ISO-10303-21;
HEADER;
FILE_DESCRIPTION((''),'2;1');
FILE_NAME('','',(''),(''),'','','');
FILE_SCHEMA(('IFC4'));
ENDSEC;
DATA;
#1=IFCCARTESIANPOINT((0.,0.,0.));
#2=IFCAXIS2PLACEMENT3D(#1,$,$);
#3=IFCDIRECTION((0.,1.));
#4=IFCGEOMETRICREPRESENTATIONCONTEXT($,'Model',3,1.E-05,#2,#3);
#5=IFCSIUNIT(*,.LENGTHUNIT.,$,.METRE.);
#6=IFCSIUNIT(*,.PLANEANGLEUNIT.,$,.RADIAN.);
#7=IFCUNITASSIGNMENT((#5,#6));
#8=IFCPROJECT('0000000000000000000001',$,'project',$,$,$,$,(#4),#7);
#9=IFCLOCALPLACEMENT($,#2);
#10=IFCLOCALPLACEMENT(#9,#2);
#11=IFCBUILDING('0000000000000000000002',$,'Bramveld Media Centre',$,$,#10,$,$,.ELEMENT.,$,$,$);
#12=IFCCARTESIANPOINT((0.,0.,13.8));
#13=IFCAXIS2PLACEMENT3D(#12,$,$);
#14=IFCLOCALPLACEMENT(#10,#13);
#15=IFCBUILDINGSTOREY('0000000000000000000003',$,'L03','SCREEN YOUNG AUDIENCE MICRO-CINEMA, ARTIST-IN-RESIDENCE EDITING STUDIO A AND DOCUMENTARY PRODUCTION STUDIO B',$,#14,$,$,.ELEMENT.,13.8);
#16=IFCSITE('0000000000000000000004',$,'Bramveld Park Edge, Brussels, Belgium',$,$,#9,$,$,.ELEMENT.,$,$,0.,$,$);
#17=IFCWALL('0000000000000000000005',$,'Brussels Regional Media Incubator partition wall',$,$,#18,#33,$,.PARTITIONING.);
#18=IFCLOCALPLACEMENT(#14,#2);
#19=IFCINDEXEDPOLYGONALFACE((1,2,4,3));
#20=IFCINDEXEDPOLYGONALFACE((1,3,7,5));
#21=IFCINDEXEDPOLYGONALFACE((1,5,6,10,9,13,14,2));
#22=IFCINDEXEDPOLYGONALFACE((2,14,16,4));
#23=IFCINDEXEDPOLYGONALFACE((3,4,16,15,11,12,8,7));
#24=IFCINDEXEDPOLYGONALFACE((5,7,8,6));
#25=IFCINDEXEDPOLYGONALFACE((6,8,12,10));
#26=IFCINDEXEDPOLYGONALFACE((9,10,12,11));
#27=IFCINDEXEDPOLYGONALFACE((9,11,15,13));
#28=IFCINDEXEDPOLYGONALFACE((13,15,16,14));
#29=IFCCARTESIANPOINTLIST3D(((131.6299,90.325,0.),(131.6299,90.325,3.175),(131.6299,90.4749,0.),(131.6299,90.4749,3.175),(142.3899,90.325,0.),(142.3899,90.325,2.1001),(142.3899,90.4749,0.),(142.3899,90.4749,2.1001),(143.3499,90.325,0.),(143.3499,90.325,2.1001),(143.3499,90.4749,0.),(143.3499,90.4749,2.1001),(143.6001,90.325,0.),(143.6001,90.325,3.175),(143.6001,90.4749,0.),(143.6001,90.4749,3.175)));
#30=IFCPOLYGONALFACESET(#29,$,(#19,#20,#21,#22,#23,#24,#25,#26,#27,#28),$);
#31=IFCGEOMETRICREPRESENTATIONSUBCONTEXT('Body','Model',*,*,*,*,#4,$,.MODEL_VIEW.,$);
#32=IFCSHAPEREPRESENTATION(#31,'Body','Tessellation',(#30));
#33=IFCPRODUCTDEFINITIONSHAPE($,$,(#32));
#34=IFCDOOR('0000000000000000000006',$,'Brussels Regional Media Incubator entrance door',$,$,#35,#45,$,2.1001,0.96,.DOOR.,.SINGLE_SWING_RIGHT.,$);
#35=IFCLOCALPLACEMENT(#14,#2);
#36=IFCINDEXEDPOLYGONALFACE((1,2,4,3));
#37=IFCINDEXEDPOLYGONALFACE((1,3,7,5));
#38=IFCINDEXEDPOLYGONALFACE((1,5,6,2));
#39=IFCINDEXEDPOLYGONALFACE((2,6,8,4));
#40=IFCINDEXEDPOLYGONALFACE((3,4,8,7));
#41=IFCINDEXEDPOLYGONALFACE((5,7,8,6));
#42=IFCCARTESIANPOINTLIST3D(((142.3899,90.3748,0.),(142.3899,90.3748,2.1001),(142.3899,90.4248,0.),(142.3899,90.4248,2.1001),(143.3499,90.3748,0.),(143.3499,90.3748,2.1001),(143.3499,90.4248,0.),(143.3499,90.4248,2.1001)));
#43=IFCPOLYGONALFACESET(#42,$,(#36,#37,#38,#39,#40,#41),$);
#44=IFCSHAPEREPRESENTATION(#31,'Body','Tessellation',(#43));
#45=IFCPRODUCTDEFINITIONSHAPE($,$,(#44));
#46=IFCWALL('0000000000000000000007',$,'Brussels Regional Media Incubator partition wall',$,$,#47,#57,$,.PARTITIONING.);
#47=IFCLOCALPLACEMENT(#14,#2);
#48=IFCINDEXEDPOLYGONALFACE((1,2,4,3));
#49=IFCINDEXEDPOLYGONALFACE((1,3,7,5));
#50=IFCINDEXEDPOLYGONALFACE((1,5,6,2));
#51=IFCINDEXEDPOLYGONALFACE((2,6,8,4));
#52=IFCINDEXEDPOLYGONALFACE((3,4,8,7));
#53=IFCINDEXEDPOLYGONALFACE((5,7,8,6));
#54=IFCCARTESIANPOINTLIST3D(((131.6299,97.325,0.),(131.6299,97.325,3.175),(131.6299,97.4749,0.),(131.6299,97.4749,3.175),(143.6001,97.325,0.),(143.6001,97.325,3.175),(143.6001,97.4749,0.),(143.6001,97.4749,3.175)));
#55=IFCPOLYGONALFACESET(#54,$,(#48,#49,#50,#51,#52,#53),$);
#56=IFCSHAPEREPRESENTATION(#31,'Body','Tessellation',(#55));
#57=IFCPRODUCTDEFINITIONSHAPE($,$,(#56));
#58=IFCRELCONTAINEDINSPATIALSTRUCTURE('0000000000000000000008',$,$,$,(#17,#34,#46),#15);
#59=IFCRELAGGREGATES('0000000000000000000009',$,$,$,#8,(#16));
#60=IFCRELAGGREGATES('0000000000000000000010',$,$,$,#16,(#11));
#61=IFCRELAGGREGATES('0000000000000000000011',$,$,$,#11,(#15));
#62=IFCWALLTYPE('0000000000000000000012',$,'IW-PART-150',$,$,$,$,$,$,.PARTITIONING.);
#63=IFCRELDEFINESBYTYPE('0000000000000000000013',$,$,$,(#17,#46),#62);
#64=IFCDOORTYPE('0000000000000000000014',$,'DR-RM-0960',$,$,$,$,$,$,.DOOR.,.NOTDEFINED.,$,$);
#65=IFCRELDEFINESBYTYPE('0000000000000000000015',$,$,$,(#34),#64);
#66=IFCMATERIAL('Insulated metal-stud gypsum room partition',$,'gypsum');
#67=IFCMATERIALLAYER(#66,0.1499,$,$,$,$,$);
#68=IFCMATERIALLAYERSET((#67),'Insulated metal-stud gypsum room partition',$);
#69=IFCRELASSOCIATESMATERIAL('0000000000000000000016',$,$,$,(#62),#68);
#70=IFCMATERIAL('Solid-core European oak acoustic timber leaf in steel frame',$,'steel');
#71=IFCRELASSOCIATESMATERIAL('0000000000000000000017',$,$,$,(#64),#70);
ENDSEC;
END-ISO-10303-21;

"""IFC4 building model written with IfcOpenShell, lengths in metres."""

from ifc_helpers import new_model, si_unit, direction, frame, frame_2d, origin, place, context, subcontext, project, spatial, rectangle, extrude, material, layer, layer_set, type_object, element, fill, save


model = new_model("IFC4")

# Units and contexts
model_context = context("Model", 3, precision=1e-05, world=origin(), true_north=direction((0.0, 1.0)))
body_context = subcontext(model_context, "Body", "Model", "MODEL_VIEW")
ifc_project = project(units=[si_unit("LENGTHUNIT", "METRE"), si_unit("PLANEANGLEUNIT", "RADIAN")], contexts=[model_context])

# Site, building, storey
site_placement = place(None, origin())
site = spatial("IfcSite", under=ifc_project, at=site_placement, Name="Bramveld Park Edge, Brussels, Belgium", CompositionType="ELEMENT", RefElevation=0.0)
building_placement = place(site_placement, origin())
building = spatial("IfcBuilding", under=site, at=building_placement, Name="Bramveld Media Centre", CompositionType="ELEMENT")
storey_placement = place(building_placement, frame((0.0, 0.0, 13.8)))
storey = spatial("IfcBuildingStorey", under=building, at=storey_placement, Name="L03", Description="SCREEN YOUNG AUDIENCE MICRO-CINEMA, ARTIST-IN-RESIDENCE EDITING STUDIO A AND DOCUMENTARY PRODUCTION STUDIO B", CompositionType="ELEMENT", Elevation=13.8)

# Wall, opening, door
ifc_material_1 = material(Name="Insulated metal-stud gypsum room partition", Category="gypsum")
ifc_layer_1 = layer(ifc_material_1, 0.1499)
ifc_layer_set_1 = layer_set([ifc_layer_1], Name="Insulated metal-stud gypsum room partition")
wall_type_1 = type_object("IfcWallType", Name="IW-PART-150", PredefinedType="PARTITIONING", material=ifc_layer_set_1)
wall_1_placement = place(storey_placement, frame((131.6299, 90.3999, 0.0), z_axis=(0.0, 0.0, 1.0), x_axis=(1.0, 0.0, 0.0)))
wall_1 = element("IfcWall", 1, at=wall_1_placement, inside=storey, type_object=wall_type_1, Name="Brussels Regional Media Incubator partition wall", PredefinedType="PARTITIONING", context=body_context, shape_type="SweptSolid", body=[
    extrude(rectangle(XDim=11.9702, YDim=0.1499, at=frame_2d((5.9851, 0.0))), origin(), (0.0, 0.0, 1.0), 3.175),
])
opening_1_placement = place(wall_1_placement, frame((10.76, 0.0, 0.0)))
opening_1 = element("IfcOpeningElement", 2, at=opening_1_placement, cuts=wall_1, PredefinedType="OPENING", context=body_context, shape_type="SweptSolid", body=[
    extrude(rectangle(XDim=0.96, YDim=2.1001, at=frame_2d((0.48, 1.05))), frame((0.0, 0.0869, 0.0), z_axis=(0.0, -1.0, 0.0), x_axis=(1.0, 0.0, 0.0)), (0.0, 0.0, 1.0), 0.1738),
])
ifc_material_2 = material(Name="Solid-core European oak acoustic timber leaf in steel frame", Category="steel")
door_type = type_object("IfcDoorType", Name="DR-RM-0960", OperationType="NOTDEFINED", PredefinedType="DOOR", material=ifc_material_2)
door_placement = place(opening_1_placement, origin())
door = element("IfcDoor", 3, at=door_placement, inside=storey, type_object=door_type, Name="Brussels Regional Media Incubator entrance door", OperationType="SINGLE_SWING_RIGHT", OverallHeight=2.1001, OverallWidth=0.96, PredefinedType="DOOR", context=body_context, shape_type="SweptSolid", body=[
    extrude(rectangle(XDim=0.96, YDim=2.1001, at=frame_2d((0.48, 1.05))), frame((0.0, 0.0249, 0.0), z_axis=(0.0, -1.0, 0.0), x_axis=(1.0, 0.0, 0.0)), (0.0, 0.0, 1.0), 0.05),
])
fill(opening_1, door)

# Wall
wall_2_placement = place(storey_placement, frame((131.6299, 97.3999, 0.0), z_axis=(0.0, 0.0, 1.0), x_axis=(1.0, 0.0, 0.0)))
element("IfcWall", 4, at=wall_2_placement, inside=storey, type_object=wall_type_1, Name="Brussels Regional Media Incubator partition wall", PredefinedType="PARTITIONING", context=body_context, shape_type="SweptSolid", body=[
    extrude(rectangle(XDim=11.9702, YDim=0.1499, at=frame_2d((5.9851, 0.0))), origin(), (0.0, 0.0, 1.0), 3.175),
])

save(model, "model.ifc")
